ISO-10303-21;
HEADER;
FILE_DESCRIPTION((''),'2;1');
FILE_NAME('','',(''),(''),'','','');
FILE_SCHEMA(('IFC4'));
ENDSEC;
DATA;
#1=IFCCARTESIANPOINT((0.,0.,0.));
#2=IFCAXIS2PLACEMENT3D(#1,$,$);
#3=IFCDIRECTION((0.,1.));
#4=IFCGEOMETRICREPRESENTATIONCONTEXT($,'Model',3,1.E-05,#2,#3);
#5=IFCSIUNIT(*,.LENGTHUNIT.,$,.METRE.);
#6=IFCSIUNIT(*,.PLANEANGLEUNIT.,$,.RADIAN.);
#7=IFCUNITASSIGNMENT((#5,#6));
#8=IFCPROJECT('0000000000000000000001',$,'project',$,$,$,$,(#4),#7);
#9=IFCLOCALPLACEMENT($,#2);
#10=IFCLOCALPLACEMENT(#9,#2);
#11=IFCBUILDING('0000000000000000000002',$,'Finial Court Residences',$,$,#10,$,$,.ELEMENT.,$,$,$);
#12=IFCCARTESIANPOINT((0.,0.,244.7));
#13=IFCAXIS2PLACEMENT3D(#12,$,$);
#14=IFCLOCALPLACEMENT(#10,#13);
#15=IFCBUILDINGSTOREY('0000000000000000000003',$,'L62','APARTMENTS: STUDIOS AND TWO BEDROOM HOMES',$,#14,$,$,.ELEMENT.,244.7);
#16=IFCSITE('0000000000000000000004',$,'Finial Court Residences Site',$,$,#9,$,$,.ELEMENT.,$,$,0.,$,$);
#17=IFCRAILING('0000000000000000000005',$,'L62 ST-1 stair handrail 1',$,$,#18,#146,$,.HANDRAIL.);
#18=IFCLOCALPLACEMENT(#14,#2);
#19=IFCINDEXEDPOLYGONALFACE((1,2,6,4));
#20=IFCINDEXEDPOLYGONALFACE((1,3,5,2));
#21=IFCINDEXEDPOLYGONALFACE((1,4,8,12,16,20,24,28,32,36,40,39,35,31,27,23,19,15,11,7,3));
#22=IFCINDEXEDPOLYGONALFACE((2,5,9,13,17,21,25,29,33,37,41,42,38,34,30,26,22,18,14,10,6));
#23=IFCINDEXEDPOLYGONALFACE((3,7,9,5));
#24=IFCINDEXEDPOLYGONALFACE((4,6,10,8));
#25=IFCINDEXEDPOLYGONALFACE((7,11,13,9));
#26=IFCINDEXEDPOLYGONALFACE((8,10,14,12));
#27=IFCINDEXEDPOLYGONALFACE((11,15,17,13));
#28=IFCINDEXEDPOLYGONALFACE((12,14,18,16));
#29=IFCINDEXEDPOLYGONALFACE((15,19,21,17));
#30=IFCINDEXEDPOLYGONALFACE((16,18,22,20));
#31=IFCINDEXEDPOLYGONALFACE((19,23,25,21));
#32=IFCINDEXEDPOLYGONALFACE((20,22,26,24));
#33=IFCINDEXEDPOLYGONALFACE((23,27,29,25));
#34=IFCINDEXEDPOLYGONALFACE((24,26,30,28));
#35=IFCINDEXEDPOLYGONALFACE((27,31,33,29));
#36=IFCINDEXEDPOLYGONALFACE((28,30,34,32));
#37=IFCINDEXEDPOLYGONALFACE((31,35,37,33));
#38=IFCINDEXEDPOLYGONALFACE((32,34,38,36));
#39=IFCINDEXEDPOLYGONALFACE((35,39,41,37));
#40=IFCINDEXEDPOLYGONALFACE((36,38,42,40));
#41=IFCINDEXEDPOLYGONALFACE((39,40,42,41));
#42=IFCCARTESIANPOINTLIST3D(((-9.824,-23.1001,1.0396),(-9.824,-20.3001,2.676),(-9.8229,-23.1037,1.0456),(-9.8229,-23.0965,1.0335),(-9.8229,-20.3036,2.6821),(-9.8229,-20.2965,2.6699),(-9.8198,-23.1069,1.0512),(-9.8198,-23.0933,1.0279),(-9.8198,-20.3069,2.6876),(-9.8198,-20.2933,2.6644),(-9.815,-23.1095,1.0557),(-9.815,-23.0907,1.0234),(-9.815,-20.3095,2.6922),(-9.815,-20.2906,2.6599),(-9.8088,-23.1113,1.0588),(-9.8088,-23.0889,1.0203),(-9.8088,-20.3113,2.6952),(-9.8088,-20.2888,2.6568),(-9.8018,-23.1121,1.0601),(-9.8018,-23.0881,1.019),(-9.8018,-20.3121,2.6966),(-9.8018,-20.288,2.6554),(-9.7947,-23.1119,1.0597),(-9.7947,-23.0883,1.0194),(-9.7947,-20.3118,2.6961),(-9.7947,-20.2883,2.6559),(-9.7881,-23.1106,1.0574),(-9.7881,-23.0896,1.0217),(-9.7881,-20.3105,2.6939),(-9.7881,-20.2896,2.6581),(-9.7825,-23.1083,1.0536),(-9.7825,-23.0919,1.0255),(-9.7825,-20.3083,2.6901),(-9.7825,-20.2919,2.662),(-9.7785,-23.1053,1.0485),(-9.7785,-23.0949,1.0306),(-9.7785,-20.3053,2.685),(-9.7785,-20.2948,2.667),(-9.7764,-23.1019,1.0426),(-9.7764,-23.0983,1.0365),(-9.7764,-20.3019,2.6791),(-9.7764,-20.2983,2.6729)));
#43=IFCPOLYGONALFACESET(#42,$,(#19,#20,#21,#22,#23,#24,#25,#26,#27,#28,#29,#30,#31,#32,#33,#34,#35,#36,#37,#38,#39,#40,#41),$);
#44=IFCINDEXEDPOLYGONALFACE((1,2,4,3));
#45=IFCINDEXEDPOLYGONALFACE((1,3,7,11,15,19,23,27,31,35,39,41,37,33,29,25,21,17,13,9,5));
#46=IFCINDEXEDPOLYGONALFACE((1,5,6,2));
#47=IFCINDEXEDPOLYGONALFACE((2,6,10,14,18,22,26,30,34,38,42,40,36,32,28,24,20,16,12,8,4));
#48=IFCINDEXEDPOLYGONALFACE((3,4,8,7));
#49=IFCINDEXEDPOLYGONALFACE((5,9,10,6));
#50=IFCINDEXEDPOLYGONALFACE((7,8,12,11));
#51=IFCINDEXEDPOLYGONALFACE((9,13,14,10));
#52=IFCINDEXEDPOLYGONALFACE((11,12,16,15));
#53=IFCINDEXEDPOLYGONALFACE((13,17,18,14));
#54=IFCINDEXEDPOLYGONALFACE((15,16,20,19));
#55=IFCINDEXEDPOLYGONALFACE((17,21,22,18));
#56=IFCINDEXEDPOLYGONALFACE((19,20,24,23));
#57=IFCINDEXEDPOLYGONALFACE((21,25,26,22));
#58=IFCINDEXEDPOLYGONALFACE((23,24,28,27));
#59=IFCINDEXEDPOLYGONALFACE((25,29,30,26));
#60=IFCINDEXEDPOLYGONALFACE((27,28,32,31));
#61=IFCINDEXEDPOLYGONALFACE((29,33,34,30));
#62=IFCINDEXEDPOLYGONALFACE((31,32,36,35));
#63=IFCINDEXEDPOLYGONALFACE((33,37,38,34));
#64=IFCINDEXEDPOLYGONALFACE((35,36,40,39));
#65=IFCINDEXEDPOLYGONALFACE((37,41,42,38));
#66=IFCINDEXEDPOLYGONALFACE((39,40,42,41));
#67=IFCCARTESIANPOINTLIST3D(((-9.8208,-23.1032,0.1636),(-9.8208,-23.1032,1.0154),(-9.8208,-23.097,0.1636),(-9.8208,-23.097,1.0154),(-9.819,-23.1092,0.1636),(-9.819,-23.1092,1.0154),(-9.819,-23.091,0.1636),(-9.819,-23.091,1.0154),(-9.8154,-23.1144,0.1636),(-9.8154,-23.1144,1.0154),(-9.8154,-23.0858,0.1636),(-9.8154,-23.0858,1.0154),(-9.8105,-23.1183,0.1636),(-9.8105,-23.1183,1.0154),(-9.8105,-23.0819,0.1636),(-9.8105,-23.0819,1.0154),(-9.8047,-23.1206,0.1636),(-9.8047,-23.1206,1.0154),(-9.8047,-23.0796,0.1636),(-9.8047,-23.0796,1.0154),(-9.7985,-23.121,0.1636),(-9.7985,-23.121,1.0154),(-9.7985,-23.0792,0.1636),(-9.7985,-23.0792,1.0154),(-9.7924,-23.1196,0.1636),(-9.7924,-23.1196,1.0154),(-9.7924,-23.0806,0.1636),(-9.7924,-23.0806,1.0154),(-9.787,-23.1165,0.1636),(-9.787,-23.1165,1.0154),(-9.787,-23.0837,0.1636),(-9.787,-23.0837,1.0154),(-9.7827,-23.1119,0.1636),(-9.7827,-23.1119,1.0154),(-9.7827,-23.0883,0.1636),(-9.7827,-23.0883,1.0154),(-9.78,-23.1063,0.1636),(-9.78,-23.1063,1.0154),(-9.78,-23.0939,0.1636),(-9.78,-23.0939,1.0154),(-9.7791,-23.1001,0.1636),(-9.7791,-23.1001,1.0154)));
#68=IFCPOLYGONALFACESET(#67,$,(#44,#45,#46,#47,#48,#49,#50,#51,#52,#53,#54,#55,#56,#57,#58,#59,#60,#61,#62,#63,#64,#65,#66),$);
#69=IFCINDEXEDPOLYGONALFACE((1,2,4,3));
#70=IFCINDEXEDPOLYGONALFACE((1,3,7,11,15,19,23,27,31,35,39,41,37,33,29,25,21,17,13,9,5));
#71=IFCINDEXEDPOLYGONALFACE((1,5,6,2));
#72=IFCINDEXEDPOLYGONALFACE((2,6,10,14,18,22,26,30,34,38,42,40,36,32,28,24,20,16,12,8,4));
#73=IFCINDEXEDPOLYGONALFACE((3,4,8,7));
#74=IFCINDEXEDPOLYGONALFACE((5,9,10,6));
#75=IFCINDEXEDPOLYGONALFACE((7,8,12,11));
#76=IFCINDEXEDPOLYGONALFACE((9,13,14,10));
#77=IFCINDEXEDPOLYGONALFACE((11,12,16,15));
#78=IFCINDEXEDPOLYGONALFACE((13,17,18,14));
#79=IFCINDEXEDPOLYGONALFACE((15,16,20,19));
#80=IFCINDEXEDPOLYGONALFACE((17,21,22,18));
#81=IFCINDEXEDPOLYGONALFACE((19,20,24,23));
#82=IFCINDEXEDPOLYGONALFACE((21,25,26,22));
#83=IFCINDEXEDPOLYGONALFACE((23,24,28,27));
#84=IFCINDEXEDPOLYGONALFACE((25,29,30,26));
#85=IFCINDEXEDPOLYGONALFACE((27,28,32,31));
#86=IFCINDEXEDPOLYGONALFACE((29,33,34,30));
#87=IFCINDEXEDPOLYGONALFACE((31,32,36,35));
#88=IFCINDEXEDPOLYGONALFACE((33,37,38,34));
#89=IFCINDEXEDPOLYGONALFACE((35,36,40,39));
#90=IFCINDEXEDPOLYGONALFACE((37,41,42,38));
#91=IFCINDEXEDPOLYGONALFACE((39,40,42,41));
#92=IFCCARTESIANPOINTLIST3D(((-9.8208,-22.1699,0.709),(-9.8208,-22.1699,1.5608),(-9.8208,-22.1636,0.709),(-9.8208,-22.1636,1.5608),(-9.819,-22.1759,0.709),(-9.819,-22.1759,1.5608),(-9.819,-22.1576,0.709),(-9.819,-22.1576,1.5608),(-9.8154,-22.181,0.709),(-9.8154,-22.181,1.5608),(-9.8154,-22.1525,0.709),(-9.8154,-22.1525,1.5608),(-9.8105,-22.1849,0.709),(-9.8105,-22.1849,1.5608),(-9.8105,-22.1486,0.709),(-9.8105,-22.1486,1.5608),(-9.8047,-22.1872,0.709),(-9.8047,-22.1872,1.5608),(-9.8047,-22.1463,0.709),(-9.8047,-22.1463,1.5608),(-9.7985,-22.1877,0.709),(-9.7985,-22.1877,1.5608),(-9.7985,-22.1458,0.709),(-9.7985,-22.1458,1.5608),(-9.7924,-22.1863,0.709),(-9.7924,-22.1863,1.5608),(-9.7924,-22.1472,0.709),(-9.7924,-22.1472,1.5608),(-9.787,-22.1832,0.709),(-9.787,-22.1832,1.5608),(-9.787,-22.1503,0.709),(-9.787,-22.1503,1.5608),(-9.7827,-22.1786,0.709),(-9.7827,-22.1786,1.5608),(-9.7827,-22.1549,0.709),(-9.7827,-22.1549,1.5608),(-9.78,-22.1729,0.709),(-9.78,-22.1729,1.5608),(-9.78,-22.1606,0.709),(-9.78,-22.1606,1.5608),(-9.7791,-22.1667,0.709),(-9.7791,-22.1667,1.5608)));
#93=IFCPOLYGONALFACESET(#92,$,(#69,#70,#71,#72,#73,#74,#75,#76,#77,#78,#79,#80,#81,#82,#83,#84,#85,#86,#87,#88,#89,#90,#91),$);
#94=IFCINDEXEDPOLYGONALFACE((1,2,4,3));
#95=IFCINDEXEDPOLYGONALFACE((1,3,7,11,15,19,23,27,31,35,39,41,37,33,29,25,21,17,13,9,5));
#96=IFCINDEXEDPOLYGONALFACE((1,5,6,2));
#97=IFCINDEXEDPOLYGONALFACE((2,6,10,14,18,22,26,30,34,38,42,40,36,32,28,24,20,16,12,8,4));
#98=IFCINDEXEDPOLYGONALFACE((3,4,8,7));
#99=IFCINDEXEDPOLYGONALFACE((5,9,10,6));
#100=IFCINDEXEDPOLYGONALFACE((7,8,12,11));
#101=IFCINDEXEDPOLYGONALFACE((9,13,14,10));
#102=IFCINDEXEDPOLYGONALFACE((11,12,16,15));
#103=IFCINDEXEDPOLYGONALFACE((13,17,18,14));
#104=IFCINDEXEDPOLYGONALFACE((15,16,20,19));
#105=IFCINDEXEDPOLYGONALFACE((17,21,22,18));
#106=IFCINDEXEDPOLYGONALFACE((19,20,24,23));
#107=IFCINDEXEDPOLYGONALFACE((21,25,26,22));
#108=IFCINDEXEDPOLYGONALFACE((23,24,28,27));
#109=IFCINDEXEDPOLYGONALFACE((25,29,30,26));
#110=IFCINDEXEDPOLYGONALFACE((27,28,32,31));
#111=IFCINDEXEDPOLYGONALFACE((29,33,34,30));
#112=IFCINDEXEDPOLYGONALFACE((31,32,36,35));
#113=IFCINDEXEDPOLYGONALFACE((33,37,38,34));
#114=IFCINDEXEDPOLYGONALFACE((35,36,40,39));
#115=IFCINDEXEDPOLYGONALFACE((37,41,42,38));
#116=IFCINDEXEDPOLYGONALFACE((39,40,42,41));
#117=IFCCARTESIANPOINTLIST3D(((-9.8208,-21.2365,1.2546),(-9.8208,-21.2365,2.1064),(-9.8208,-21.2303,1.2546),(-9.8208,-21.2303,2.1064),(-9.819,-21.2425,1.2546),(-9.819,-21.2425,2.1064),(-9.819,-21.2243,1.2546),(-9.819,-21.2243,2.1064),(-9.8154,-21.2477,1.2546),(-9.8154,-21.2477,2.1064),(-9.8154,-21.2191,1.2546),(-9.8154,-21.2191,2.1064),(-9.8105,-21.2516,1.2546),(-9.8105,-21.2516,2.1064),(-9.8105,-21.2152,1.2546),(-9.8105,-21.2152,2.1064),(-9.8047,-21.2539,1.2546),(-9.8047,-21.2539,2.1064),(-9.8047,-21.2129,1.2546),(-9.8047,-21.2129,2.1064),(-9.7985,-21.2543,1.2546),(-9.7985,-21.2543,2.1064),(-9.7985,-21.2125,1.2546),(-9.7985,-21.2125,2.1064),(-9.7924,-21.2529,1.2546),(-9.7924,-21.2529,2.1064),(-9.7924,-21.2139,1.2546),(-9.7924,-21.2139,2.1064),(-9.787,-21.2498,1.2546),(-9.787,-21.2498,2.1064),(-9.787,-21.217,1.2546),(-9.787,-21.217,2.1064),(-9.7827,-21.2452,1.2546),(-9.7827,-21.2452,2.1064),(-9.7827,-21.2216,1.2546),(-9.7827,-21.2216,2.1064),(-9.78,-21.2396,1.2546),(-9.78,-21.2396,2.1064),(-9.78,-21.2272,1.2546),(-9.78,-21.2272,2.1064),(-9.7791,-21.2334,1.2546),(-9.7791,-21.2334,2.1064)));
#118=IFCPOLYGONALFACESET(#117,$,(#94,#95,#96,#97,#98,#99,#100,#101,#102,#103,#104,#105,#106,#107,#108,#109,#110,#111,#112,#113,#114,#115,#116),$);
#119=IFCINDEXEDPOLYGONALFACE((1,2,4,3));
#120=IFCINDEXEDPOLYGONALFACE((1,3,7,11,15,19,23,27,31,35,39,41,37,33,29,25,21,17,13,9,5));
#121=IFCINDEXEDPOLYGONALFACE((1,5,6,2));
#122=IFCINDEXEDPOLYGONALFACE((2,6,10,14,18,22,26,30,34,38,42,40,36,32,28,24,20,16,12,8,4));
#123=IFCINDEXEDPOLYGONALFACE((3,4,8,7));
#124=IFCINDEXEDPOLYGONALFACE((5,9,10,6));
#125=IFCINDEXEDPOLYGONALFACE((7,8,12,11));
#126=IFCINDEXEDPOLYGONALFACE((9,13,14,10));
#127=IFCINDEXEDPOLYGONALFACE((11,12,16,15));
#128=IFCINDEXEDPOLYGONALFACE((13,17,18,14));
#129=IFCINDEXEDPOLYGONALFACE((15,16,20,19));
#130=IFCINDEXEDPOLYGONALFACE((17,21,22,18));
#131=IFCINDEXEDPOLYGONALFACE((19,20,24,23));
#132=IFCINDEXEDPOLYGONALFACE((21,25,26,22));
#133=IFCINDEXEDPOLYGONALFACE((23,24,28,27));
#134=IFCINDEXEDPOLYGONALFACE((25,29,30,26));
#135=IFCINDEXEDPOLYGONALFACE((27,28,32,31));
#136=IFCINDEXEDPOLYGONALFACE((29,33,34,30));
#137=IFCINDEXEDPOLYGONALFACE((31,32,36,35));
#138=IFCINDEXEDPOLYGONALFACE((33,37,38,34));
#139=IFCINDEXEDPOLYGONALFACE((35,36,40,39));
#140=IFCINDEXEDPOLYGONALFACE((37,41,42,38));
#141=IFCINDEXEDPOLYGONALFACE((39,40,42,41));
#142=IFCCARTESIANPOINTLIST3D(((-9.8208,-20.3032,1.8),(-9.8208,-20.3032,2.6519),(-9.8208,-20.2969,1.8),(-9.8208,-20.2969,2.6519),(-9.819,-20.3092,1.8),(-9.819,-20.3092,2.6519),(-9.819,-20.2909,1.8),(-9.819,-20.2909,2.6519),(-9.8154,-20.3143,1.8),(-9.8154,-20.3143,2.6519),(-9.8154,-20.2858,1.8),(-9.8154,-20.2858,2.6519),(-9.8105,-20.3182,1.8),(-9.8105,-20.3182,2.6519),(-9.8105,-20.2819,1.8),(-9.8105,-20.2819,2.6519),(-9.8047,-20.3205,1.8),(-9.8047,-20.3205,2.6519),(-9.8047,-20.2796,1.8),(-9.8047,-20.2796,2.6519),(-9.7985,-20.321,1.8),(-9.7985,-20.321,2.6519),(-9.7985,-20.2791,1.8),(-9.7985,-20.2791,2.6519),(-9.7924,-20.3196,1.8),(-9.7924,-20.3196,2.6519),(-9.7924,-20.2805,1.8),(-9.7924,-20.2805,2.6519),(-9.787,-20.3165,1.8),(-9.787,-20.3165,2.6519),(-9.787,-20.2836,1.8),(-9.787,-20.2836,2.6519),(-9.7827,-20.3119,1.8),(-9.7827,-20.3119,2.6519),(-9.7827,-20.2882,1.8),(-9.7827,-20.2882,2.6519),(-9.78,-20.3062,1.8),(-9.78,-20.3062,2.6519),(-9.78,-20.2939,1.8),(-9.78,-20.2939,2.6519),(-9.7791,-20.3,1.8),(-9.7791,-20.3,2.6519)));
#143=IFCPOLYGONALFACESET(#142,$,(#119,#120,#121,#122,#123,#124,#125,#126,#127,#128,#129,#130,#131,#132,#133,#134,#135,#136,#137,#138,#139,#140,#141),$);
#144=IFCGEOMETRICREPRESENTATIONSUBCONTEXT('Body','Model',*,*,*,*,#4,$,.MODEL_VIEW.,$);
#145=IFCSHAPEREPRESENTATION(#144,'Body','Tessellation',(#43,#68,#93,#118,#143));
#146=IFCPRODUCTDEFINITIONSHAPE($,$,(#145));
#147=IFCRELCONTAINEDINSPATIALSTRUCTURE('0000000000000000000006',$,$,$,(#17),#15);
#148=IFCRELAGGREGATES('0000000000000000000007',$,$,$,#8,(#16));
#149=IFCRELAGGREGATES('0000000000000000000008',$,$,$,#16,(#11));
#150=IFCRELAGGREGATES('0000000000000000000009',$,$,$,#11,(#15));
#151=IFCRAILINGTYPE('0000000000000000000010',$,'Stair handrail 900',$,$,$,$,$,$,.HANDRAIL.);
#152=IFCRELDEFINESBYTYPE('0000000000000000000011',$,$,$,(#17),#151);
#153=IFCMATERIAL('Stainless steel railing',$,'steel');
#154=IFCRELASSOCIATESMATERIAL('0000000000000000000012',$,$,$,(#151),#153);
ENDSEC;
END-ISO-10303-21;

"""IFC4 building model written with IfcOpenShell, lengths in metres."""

from ifc_helpers import new_model, si_unit, direction, frame, origin, origin_2d, place, context, subcontext, project, spatial, circle, extrude, material, type_object, element, save


model = new_model("IFC4")

# Units and contexts
model_context = context("Model", 3, precision=1e-05, world=origin(), true_north=direction((0.0, 1.0)))
body_context = subcontext(model_context, "Body", "Model", "MODEL_VIEW")
ifc_project = project(units=[si_unit("LENGTHUNIT", "METRE"), si_unit("PLANEANGLEUNIT", "RADIAN")], contexts=[model_context])

# Site, building, storey
site_placement = place(None, origin())
site = spatial("IfcSite", under=ifc_project, at=site_placement, Name="Finial Court Residences Site", CompositionType="ELEMENT", RefElevation=0.0)
building_placement = place(site_placement, origin())
building = spatial("IfcBuilding", under=site, at=building_placement, Name="Finial Court Residences", CompositionType="ELEMENT")
storey_placement = place(building_placement, frame((0.0, 0.0, 244.7)))
storey = spatial("IfcBuildingStorey", under=building, at=storey_placement, Name="L62", Description="APARTMENTS: STUDIOS AND TWO BEDROOM HOMES", CompositionType="ELEMENT", Elevation=244.7)

# Railing
ifc_material_1 = material(Name="Stainless steel railing", Category="steel")
railing_type_1 = type_object("IfcRailingType", Name="Stair handrail 900", PredefinedType="HANDRAIL", material=ifc_material_1)
railing_1_placement = place(storey_placement, frame((-9.8, -23.1001, 0.1636)))
element("IfcRailing", 1, at=railing_1_placement, inside=storey, type_object=railing_type_1, Name="L62 ST-1 stair handrail 1", PredefinedType="HANDRAIL", context=body_context, shape_type="SweptSolid", body=[
    extrude(circle(Radius=0.0239, at=origin_2d()), frame((0.0, 0.0, 0.876), z_axis=(0.0, 0.863361, 0.504587), x_axis=(-1.0, 0.0, 0.0)), (0.0, 0.0, 1.0), 3.2432),
    extrude(circle(Radius=0.021, at=origin_2d()), origin(), (0.0, 0.0, 1.0), 0.8518),
    extrude(circle(Radius=0.021, at=origin_2d()), frame((0.0, 0.9333, 0.5454)), (0.0, 0.0, 1.0), 0.8518),
    extrude(circle(Radius=0.021, at=origin_2d()), frame((0.0, 1.8667, 1.0911)), (0.0, 0.0, 1.0), 0.8518),
    extrude(circle(Radius=0.021, at=origin_2d()), frame((0.0, 2.8, 1.6365)), (0.0, 0.0, 1.0), 0.8518),
])

save(model, "model.ifc")
